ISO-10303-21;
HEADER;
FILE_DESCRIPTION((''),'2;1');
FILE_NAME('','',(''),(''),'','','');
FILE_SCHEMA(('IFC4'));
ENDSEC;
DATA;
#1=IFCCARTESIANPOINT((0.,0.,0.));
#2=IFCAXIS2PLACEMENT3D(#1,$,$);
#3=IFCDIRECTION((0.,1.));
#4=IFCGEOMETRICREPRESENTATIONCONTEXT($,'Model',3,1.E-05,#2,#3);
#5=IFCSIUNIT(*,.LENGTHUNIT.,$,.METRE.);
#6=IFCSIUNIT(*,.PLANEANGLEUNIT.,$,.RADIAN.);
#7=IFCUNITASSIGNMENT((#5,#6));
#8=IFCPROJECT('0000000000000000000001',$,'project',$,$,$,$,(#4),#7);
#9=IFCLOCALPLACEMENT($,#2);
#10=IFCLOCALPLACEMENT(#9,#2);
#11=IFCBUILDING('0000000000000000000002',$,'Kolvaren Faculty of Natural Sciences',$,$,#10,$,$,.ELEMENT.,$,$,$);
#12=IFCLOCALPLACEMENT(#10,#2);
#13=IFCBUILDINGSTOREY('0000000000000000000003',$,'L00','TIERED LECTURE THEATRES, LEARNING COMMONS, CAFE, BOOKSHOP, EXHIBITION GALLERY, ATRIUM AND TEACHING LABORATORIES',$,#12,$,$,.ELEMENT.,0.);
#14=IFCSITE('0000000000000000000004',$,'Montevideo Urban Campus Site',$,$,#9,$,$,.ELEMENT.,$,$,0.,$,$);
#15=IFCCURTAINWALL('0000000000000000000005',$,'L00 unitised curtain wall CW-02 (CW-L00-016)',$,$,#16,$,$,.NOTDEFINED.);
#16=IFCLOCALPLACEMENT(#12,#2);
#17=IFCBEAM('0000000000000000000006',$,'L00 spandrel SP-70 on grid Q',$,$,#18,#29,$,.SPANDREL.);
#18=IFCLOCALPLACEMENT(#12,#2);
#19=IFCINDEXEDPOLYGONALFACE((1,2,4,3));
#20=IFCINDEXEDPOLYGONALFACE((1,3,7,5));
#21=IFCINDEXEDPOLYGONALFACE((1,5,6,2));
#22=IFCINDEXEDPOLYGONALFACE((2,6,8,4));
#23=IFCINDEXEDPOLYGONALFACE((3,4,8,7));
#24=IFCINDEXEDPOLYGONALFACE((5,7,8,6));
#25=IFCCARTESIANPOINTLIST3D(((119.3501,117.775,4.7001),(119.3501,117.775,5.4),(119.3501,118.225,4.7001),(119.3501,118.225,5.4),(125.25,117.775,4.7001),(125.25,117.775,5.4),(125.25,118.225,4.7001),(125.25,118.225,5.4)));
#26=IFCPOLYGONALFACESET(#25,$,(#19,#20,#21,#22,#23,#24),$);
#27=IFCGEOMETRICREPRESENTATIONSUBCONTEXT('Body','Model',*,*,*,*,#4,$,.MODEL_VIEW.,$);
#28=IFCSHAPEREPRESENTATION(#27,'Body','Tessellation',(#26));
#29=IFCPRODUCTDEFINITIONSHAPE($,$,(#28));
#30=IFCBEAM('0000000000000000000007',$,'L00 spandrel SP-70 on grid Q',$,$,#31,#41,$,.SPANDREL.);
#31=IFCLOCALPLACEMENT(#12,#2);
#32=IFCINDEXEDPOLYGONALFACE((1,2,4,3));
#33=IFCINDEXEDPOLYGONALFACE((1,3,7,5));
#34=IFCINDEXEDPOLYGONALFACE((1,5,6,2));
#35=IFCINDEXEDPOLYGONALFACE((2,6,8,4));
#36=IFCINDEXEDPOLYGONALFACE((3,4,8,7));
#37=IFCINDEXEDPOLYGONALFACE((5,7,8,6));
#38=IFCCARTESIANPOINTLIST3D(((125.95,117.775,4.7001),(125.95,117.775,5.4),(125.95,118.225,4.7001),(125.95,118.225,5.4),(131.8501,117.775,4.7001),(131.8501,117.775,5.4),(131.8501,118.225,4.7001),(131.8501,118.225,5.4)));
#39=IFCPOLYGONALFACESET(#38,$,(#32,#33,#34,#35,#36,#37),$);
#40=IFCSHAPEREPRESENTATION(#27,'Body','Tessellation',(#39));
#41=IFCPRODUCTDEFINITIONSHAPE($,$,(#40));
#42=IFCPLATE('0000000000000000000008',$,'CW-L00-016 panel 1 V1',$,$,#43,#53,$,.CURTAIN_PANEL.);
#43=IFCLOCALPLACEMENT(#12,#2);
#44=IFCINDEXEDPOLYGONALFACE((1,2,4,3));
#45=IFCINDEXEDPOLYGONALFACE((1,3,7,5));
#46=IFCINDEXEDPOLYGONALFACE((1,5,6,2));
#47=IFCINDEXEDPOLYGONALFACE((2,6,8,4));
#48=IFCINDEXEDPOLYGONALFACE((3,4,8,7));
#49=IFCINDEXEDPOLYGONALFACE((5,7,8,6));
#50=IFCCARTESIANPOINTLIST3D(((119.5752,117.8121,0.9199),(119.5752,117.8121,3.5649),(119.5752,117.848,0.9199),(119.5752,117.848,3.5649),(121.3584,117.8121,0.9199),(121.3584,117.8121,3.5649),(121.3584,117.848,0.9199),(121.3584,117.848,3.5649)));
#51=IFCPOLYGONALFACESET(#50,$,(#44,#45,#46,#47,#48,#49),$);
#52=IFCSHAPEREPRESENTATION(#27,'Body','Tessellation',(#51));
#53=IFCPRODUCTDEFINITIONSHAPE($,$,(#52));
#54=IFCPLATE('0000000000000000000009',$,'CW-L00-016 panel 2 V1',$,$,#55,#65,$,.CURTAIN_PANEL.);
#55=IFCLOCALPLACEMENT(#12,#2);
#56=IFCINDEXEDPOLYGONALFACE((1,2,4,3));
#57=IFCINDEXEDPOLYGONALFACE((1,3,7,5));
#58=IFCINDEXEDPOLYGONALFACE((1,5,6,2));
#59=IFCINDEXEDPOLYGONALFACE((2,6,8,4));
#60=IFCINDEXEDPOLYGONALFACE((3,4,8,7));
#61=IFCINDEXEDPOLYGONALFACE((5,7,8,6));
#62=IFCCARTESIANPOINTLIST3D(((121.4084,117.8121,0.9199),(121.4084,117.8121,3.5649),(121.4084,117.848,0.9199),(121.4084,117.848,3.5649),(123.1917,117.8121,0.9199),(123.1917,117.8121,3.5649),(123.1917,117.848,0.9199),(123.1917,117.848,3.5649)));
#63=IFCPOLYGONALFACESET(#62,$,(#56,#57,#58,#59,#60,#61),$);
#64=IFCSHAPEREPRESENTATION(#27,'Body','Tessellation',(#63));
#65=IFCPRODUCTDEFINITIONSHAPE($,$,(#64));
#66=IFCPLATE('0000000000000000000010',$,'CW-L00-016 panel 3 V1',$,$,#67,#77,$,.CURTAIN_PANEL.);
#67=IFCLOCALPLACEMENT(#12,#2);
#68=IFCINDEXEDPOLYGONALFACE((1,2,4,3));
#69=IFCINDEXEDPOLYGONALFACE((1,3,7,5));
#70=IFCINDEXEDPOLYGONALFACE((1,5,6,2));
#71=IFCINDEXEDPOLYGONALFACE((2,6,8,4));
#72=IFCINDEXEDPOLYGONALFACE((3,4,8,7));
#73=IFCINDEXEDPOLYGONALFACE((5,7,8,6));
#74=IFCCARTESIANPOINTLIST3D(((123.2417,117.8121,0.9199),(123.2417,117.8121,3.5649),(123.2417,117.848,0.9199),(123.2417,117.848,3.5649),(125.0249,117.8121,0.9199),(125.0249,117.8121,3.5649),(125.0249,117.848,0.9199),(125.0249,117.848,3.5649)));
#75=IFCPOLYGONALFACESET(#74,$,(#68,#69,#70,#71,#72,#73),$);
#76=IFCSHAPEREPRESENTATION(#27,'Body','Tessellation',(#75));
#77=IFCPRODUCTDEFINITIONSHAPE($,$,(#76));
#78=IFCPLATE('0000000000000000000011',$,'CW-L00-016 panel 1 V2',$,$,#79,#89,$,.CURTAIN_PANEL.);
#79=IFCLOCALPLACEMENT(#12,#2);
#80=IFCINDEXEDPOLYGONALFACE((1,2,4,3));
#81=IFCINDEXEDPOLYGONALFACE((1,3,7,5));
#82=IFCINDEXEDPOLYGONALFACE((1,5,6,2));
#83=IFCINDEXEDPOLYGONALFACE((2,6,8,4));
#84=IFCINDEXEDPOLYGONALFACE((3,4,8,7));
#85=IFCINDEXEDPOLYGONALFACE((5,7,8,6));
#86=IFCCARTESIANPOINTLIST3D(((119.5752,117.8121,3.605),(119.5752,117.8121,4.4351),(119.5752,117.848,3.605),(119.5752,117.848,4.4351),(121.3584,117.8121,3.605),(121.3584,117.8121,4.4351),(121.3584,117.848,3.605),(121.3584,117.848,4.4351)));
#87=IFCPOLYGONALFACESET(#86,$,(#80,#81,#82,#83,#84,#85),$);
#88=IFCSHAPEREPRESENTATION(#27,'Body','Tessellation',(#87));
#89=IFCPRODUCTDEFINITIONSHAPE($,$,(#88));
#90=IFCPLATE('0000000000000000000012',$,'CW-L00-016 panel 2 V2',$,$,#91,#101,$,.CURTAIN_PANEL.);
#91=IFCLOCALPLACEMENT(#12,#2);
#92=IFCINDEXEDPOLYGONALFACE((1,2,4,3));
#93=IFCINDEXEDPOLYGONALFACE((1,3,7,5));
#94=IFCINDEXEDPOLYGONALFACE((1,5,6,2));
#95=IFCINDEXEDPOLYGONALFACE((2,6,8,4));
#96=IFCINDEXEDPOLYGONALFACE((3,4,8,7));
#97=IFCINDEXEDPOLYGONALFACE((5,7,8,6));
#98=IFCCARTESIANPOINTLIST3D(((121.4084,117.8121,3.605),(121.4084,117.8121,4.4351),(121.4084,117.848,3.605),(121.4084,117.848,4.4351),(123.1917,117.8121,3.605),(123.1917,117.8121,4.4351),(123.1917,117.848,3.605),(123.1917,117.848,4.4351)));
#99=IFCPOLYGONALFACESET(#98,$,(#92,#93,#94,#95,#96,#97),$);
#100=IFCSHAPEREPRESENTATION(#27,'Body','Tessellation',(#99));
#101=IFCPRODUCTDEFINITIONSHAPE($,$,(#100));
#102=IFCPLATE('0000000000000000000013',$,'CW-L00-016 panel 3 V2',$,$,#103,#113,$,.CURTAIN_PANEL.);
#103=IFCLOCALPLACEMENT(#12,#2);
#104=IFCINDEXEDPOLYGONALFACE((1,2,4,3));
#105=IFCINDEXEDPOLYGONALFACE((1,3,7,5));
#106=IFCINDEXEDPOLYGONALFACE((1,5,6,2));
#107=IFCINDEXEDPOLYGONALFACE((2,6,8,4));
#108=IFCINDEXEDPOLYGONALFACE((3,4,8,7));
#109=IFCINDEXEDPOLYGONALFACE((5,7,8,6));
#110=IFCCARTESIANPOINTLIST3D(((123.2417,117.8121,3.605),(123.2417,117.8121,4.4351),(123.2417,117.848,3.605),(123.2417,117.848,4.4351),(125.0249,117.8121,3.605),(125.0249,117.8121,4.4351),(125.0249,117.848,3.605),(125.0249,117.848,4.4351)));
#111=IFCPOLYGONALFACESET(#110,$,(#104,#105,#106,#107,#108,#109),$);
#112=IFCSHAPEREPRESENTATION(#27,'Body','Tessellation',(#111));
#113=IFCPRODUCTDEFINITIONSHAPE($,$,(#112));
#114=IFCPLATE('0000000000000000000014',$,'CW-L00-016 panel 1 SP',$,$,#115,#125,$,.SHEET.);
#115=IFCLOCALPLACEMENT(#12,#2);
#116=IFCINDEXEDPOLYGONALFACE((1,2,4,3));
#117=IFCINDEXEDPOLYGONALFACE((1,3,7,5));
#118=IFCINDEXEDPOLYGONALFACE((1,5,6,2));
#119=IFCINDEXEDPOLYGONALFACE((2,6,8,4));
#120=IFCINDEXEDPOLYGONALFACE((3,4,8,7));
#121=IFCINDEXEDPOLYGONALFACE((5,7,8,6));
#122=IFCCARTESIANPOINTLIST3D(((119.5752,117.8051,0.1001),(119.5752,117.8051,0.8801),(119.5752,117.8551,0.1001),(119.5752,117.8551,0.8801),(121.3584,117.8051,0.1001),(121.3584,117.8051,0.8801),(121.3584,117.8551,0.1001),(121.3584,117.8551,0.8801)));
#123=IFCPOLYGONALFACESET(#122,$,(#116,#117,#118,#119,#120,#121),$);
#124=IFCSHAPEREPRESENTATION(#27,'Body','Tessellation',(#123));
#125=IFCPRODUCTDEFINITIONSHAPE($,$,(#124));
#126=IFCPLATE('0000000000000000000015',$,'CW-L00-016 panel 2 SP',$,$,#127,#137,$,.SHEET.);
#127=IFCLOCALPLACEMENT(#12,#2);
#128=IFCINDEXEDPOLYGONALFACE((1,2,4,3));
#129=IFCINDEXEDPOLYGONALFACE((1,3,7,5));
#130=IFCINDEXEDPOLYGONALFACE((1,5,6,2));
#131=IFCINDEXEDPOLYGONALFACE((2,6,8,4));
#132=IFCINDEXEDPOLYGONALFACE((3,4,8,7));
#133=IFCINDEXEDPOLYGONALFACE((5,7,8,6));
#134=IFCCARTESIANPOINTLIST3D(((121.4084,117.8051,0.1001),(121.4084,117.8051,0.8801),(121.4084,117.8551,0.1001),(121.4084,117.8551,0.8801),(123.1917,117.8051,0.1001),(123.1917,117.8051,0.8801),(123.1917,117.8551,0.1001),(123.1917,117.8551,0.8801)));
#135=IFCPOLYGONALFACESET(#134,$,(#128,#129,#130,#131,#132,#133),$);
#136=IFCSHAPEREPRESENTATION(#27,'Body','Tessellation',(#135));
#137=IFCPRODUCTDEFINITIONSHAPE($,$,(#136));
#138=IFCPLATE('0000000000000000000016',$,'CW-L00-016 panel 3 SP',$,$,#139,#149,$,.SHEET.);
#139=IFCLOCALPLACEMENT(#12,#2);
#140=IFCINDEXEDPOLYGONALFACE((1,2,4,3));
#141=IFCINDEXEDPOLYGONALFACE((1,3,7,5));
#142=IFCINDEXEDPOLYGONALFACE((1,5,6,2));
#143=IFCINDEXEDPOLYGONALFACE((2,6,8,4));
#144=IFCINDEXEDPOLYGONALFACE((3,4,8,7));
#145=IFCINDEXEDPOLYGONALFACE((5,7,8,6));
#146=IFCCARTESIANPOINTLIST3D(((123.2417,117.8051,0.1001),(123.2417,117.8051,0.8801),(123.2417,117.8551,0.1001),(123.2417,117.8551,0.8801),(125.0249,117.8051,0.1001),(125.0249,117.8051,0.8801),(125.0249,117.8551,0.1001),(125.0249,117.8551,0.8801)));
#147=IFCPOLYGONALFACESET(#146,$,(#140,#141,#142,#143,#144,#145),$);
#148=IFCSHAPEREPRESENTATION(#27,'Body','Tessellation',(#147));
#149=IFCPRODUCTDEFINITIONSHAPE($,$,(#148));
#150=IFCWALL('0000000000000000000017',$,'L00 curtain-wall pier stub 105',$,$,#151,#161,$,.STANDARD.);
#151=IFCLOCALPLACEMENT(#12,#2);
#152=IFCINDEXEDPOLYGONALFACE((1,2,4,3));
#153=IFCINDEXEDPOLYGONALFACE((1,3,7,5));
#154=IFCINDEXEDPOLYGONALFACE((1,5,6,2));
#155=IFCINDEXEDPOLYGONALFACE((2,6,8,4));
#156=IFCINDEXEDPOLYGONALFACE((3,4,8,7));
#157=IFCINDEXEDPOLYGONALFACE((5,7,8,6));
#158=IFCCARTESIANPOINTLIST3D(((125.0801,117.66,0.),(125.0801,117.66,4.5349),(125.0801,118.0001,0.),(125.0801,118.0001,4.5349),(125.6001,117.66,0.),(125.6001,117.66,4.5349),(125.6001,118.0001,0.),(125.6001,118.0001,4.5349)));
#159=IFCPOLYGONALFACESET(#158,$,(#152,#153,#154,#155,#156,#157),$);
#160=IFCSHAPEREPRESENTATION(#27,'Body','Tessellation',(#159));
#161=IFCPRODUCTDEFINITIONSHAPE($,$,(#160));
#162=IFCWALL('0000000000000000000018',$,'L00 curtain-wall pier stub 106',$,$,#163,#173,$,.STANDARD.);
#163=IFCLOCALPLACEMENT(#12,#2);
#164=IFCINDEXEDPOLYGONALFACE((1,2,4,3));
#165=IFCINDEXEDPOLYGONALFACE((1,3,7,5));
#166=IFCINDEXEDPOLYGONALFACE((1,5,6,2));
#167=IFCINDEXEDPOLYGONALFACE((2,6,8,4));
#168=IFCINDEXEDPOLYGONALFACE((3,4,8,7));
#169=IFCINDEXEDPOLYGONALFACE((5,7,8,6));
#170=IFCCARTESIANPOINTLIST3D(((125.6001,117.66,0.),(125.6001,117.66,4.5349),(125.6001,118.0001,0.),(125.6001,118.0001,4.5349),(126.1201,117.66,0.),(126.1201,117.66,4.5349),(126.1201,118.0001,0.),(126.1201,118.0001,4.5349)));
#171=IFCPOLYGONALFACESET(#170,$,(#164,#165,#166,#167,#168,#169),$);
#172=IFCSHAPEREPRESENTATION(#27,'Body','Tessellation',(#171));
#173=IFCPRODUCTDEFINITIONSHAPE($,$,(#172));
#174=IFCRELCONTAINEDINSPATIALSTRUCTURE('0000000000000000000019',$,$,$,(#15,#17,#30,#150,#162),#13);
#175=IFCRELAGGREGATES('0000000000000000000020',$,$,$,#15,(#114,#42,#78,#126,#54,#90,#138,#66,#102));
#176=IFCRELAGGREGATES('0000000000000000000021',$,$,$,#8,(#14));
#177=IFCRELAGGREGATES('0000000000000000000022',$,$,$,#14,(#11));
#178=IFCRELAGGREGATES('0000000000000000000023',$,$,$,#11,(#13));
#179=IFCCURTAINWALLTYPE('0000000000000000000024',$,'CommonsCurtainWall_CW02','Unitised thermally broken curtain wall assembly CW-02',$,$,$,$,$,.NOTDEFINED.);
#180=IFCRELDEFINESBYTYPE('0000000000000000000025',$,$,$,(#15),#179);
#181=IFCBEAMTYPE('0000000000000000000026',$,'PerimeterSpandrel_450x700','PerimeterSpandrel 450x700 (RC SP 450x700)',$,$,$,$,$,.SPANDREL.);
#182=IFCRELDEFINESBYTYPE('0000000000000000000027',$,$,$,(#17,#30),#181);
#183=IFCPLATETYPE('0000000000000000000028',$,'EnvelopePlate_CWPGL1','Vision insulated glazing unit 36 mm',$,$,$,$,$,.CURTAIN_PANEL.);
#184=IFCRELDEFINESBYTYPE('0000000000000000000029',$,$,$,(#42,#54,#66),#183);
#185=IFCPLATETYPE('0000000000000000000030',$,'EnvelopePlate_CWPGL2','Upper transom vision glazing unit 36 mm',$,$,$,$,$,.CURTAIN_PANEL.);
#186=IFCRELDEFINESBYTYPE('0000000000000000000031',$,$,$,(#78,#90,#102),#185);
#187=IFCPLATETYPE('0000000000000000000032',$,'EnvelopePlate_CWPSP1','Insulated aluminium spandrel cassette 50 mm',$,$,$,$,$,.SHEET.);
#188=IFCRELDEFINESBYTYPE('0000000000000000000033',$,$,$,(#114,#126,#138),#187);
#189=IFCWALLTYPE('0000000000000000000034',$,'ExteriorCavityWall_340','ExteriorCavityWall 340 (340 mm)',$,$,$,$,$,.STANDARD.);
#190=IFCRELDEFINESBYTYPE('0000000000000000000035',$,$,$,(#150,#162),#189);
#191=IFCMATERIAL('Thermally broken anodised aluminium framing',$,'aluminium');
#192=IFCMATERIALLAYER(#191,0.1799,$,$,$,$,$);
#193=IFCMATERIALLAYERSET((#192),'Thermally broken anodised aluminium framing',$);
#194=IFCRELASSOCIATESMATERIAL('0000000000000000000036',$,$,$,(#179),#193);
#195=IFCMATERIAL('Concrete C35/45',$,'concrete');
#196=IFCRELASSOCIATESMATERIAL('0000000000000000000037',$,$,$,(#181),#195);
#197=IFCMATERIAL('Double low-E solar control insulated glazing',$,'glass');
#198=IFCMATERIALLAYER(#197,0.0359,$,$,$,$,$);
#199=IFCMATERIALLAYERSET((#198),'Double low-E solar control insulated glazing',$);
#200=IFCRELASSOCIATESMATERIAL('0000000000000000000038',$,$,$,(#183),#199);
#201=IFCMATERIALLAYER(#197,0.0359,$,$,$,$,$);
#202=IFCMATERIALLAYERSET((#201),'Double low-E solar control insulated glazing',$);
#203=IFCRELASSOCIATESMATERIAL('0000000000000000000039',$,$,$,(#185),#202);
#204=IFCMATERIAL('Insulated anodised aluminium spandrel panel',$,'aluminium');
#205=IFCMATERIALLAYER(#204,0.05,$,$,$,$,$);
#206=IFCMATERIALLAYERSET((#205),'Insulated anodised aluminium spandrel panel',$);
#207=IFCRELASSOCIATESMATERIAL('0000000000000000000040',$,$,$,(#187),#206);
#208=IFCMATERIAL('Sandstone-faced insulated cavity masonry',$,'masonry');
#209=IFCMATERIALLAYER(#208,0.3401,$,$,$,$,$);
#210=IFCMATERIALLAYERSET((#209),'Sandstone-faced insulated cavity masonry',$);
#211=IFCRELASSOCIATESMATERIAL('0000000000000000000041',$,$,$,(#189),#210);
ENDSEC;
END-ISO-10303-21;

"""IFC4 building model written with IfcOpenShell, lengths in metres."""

from ifc_helpers import new_model, si_unit, direction, frame, frame_2d, origin, origin_2d, place, context, subcontext, project, spatial, rectangle, extrude, material, layer, layer_set, material_profile, profile_set, type_object, element, aggregate, save


model = new_model("IFC4")

# Units and contexts
model_context = context("Model", 3, precision=1e-05, world=origin(), true_north=direction((0.0, 1.0)))
body_context = subcontext(model_context, "Body", "Model", "MODEL_VIEW")
ifc_project = project(units=[si_unit("LENGTHUNIT", "METRE"), si_unit("PLANEANGLEUNIT", "RADIAN")], contexts=[model_context])

# Site, building, storey
site_placement = place(None, origin())
site = spatial("IfcSite", under=ifc_project, at=site_placement, Name="Montevideo Urban Campus Site", CompositionType="ELEMENT", RefElevation=0.0)
building_placement = place(site_placement, origin())
building = spatial("IfcBuilding", under=site, at=building_placement, Name="Kolvaren Faculty of Natural Sciences", CompositionType="ELEMENT")
storey_placement = place(building_placement, origin())
storey = spatial("IfcBuildingStorey", under=building, at=storey_placement, Name="L00", Description="TIERED LECTURE THEATRES, LEARNING COMMONS, CAFE, BOOKSHOP, EXHIBITION GALLERY, ATRIUM AND TEACHING LABORATORIES", CompositionType="ELEMENT", Elevation=0.0)

# Shared definitions
ifc_material_1 = material(Name="Concrete C35/45", Category="concrete")

# Curtain wall
ifc_material_2 = material(Name="Thermally broken anodised aluminium framing", Category="aluminium")
ifc_layer_1 = layer(ifc_material_2, 0.1799)
ifc_layer_set_1 = layer_set([ifc_layer_1], Name="Thermally broken anodised aluminium framing")
curtain_wall_type = type_object("IfcCurtainWallType", Name="CommonsCurtainWall_CW02", Description="Unitised thermally broken curtain wall assembly CW-02", PredefinedType="NOTDEFINED", material=ifc_layer_set_1)
curtain_wall_1_placement = place(storey_placement, origin())
curtain_wall_1 = element("IfcCurtainWall", 1, at=curtain_wall_1_placement, inside=storey, type_object=curtain_wall_type, Name="L00 unitised curtain wall CW-02 (CW-L00-016)", PredefinedType="NOTDEFINED")

# Beams
ifc_material_profile_1 = material_profile(ifc_material_1, rectangle(XDim=0.45, YDim=0.7, at=origin_2d()), Name="RC SP 450x700")
ifc_profile_set_1 = profile_set([ifc_material_profile_1], Name="Concrete C35/45")
beam_type = type_object("IfcBeamType", Name="PerimeterSpandrel_450x700", Description="PerimeterSpandrel 450x700 (RC SP 450x700)", PredefinedType="SPANDREL", material=ifc_profile_set_1)
beam_1_placement = place(storey_placement, frame((119.3501, 118.0, 5.05), z_axis=(1.0, 0.0, 0.0), x_axis=(0.0, 1.0, 0.0)))
element("IfcBeam", 2, at=beam_1_placement, inside=storey, type_object=beam_type, Name="L00 spandrel SP-70 on grid Q", PredefinedType="SPANDREL", context=body_context, shape_type="SweptSolid", body=[
    extrude(rectangle(XDim=0.45, YDim=0.7, at=origin_2d()), origin(), (0.0, 0.0, 1.0), 5.8999),
])
beam_2_placement = place(storey_placement, frame((125.95, 118.0, 5.05), z_axis=(1.0, 0.0, 0.0), x_axis=(0.0, 1.0, 0.0)))
element("IfcBeam", 3, at=beam_2_placement, inside=storey, type_object=beam_type, Name="L00 spandrel SP-70 on grid Q", PredefinedType="SPANDREL", context=body_context, shape_type="SweptSolid", body=[
    extrude(rectangle(XDim=0.45, YDim=0.7, at=origin_2d()), origin(), (0.0, 0.0, 1.0), 5.9001),
])

# Plates
ifc_material_3 = material(Name="Double low-E solar control insulated glazing", Category="glass")
ifc_layer_2 = layer(ifc_material_3, 0.0359)
ifc_layer_set_2 = layer_set([ifc_layer_2], Name="Double low-E solar control insulated glazing")
plate_type_1 = type_object("IfcPlateType", Name="EnvelopePlate_CWPGL1", Description="Vision insulated glazing unit 36 mm", PredefinedType="CURTAIN_PANEL", material=ifc_layer_set_2)
plate_1_placement = place(storey_placement, frame((120.4668, 117.8301, 0.9199), z_axis=(0.0, 0.0, 1.0), x_axis=(1.0, 0.0, 0.0)))
plate_1 = element("IfcPlate", 4, at=plate_1_placement, type_object=plate_type_1, Name="CW-L00-016 panel 1 V1", PredefinedType="CURTAIN_PANEL", context=body_context, shape_type="SweptSolid", body=[
    extrude(rectangle(XDim=1.7832, YDim=0.0359, at=origin_2d()), origin(), (0.0, 0.0, 1.0), 2.645),
])
plate_2_placement = place(storey_placement, frame((122.3, 117.8301, 0.9199), z_axis=(0.0, 0.0, 1.0), x_axis=(1.0, 0.0, 0.0)))
plate_2 = element("IfcPlate", 5, at=plate_2_placement, type_object=plate_type_1, Name="CW-L00-016 panel 2 V1", PredefinedType="CURTAIN_PANEL", context=body_context, shape_type="SweptSolid", body=[
    extrude(rectangle(XDim=1.7832, YDim=0.0359, at=origin_2d()), origin(), (0.0, 0.0, 1.0), 2.645),
])
plate_3_placement = place(storey_placement, frame((124.1333, 117.8301, 0.9199), z_axis=(0.0, 0.0, 1.0), x_axis=(1.0, 0.0, 0.0)))
plate_3 = element("IfcPlate", 6, at=plate_3_placement, type_object=plate_type_1, Name="CW-L00-016 panel 3 V1", PredefinedType="CURTAIN_PANEL", context=body_context, shape_type="SweptSolid", body=[
    extrude(rectangle(XDim=1.7832, YDim=0.0359, at=origin_2d()), origin(), (0.0, 0.0, 1.0), 2.645),
])
ifc_layer_3 = layer(ifc_material_3, 0.0359)
ifc_layer_set_3 = layer_set([ifc_layer_3], Name="Double low-E solar control insulated glazing")
plate_type_2 = type_object("IfcPlateType", Name="EnvelopePlate_CWPGL2", Description="Upper transom vision glazing unit 36 mm", PredefinedType="CURTAIN_PANEL", material=ifc_layer_set_3)
plate_4_placement = place(storey_placement, frame((120.4668, 117.8301, 3.605), z_axis=(0.0, 0.0, 1.0), x_axis=(1.0, 0.0, 0.0)))
plate_4 = element("IfcPlate", 7, at=plate_4_placement, type_object=plate_type_2, Name="CW-L00-016 panel 1 V2", PredefinedType="CURTAIN_PANEL", context=body_context, shape_type="SweptSolid", body=[
    extrude(rectangle(XDim=1.7832, YDim=0.0359, at=origin_2d()), origin(), (0.0, 0.0, 1.0), 0.8301),
])
plate_5_placement = place(storey_placement, frame((122.3, 117.8301, 3.605), z_axis=(0.0, 0.0, 1.0), x_axis=(1.0, 0.0, 0.0)))
plate_5 = element("IfcPlate", 8, at=plate_5_placement, type_object=plate_type_2, Name="CW-L00-016 panel 2 V2", PredefinedType="CURTAIN_PANEL", context=body_context, shape_type="SweptSolid", body=[
    extrude(rectangle(XDim=1.7832, YDim=0.0359, at=origin_2d()), origin(), (0.0, 0.0, 1.0), 0.8301),
])
plate_6_placement = place(storey_placement, frame((124.1333, 117.8301, 3.605), z_axis=(0.0, 0.0, 1.0), x_axis=(1.0, 0.0, 0.0)))
plate_6 = element("IfcPlate", 9, at=plate_6_placement, type_object=plate_type_2, Name="CW-L00-016 panel 3 V2", PredefinedType="CURTAIN_PANEL", context=body_context, shape_type="SweptSolid", body=[
    extrude(rectangle(XDim=1.7832, YDim=0.0359, at=origin_2d()), origin(), (0.0, 0.0, 1.0), 0.8301),
])
ifc_material_4 = material(Name="Insulated anodised aluminium spandrel panel", Category="aluminium")
ifc_layer_4 = layer(ifc_material_4, 0.05)
ifc_layer_set_4 = layer_set([ifc_layer_4], Name="Insulated anodised aluminium spandrel panel")
plate_type_3 = type_object("IfcPlateType", Name="EnvelopePlate_CWPSP1", Description="Insulated aluminium spandrel cassette 50 mm", PredefinedType="SHEET", material=ifc_layer_set_4)
plate_7_placement = place(storey_placement, frame((120.4668, 117.8301, 0.1001), z_axis=(0.0, 0.0, 1.0), x_axis=(1.0, 0.0, 0.0)))
plate_7 = element("IfcPlate", 10, at=plate_7_placement, type_object=plate_type_3, Name="CW-L00-016 panel 1 SP", PredefinedType="SHEET", context=body_context, shape_type="SweptSolid", body=[
    extrude(rectangle(XDim=1.7832, YDim=0.05, at=origin_2d()), origin(), (0.0, 0.0, 1.0), 0.78),
])
plate_8_placement = place(storey_placement, frame((122.3, 117.8301, 0.1001), z_axis=(0.0, 0.0, 1.0), x_axis=(1.0, 0.0, 0.0)))
plate_8 = element("IfcPlate", 11, at=plate_8_placement, type_object=plate_type_3, Name="CW-L00-016 panel 2 SP", PredefinedType="SHEET", context=body_context, shape_type="SweptSolid", body=[
    extrude(rectangle(XDim=1.7832, YDim=0.05, at=origin_2d()), origin(), (0.0, 0.0, 1.0), 0.78),
])
plate_9_placement = place(storey_placement, frame((124.1333, 117.8301, 0.1001), z_axis=(0.0, 0.0, 1.0), x_axis=(1.0, 0.0, 0.0)))
plate_9 = element("IfcPlate", 12, at=plate_9_placement, type_object=plate_type_3, Name="CW-L00-016 panel 3 SP", PredefinedType="SHEET", context=body_context, shape_type="SweptSolid", body=[
    extrude(rectangle(XDim=1.7832, YDim=0.05, at=origin_2d()), origin(), (0.0, 0.0, 1.0), 0.78),
])
aggregate(curtain_wall_1, [plate_7, plate_1, plate_4, plate_8, plate_2, plate_5, plate_9, plate_3, plate_6])

# Walls
ifc_material_5 = material(Name="Sandstone-faced insulated cavity masonry", Category="masonry")
ifc_layer_5 = layer(ifc_material_5, 0.3401)
ifc_layer_set_5 = layer_set([ifc_layer_5], Name="Sandstone-faced insulated cavity masonry")
wall_type = type_object("IfcWallType", Name="ExteriorCavityWall_340", Description="ExteriorCavityWall 340 (340 mm)", PredefinedType="STANDARD", material=ifc_layer_set_5)
for number, where, z_axis, x_axis, name in (
    (13, (125.0801, 117.8301, 0.0), (0.0, 0.0, 1.0), (1.0, 0.0, 0.0), "L00 curtain-wall pier stub 105"),
    (14, (125.6001, 117.8301, 0.0), (0.0, 0.0, 1.0), (1.0, 0.0, 0.0), "L00 curtain-wall pier stub 106"),
):
    element("IfcWall", number, at=place(storey_placement, frame(where, z_axis=z_axis, x_axis=x_axis)), inside=storey, type_object=wall_type, Name=name, PredefinedType="STANDARD", context=body_context, shape_type="SweptSolid", body=[
        extrude(rectangle(XDim=0.52, YDim=0.3401, at=frame_2d((0.26, 0.0))), origin(), (0.0, 0.0, 1.0), 4.5349),
    ])

save(model, "model.ifc")
